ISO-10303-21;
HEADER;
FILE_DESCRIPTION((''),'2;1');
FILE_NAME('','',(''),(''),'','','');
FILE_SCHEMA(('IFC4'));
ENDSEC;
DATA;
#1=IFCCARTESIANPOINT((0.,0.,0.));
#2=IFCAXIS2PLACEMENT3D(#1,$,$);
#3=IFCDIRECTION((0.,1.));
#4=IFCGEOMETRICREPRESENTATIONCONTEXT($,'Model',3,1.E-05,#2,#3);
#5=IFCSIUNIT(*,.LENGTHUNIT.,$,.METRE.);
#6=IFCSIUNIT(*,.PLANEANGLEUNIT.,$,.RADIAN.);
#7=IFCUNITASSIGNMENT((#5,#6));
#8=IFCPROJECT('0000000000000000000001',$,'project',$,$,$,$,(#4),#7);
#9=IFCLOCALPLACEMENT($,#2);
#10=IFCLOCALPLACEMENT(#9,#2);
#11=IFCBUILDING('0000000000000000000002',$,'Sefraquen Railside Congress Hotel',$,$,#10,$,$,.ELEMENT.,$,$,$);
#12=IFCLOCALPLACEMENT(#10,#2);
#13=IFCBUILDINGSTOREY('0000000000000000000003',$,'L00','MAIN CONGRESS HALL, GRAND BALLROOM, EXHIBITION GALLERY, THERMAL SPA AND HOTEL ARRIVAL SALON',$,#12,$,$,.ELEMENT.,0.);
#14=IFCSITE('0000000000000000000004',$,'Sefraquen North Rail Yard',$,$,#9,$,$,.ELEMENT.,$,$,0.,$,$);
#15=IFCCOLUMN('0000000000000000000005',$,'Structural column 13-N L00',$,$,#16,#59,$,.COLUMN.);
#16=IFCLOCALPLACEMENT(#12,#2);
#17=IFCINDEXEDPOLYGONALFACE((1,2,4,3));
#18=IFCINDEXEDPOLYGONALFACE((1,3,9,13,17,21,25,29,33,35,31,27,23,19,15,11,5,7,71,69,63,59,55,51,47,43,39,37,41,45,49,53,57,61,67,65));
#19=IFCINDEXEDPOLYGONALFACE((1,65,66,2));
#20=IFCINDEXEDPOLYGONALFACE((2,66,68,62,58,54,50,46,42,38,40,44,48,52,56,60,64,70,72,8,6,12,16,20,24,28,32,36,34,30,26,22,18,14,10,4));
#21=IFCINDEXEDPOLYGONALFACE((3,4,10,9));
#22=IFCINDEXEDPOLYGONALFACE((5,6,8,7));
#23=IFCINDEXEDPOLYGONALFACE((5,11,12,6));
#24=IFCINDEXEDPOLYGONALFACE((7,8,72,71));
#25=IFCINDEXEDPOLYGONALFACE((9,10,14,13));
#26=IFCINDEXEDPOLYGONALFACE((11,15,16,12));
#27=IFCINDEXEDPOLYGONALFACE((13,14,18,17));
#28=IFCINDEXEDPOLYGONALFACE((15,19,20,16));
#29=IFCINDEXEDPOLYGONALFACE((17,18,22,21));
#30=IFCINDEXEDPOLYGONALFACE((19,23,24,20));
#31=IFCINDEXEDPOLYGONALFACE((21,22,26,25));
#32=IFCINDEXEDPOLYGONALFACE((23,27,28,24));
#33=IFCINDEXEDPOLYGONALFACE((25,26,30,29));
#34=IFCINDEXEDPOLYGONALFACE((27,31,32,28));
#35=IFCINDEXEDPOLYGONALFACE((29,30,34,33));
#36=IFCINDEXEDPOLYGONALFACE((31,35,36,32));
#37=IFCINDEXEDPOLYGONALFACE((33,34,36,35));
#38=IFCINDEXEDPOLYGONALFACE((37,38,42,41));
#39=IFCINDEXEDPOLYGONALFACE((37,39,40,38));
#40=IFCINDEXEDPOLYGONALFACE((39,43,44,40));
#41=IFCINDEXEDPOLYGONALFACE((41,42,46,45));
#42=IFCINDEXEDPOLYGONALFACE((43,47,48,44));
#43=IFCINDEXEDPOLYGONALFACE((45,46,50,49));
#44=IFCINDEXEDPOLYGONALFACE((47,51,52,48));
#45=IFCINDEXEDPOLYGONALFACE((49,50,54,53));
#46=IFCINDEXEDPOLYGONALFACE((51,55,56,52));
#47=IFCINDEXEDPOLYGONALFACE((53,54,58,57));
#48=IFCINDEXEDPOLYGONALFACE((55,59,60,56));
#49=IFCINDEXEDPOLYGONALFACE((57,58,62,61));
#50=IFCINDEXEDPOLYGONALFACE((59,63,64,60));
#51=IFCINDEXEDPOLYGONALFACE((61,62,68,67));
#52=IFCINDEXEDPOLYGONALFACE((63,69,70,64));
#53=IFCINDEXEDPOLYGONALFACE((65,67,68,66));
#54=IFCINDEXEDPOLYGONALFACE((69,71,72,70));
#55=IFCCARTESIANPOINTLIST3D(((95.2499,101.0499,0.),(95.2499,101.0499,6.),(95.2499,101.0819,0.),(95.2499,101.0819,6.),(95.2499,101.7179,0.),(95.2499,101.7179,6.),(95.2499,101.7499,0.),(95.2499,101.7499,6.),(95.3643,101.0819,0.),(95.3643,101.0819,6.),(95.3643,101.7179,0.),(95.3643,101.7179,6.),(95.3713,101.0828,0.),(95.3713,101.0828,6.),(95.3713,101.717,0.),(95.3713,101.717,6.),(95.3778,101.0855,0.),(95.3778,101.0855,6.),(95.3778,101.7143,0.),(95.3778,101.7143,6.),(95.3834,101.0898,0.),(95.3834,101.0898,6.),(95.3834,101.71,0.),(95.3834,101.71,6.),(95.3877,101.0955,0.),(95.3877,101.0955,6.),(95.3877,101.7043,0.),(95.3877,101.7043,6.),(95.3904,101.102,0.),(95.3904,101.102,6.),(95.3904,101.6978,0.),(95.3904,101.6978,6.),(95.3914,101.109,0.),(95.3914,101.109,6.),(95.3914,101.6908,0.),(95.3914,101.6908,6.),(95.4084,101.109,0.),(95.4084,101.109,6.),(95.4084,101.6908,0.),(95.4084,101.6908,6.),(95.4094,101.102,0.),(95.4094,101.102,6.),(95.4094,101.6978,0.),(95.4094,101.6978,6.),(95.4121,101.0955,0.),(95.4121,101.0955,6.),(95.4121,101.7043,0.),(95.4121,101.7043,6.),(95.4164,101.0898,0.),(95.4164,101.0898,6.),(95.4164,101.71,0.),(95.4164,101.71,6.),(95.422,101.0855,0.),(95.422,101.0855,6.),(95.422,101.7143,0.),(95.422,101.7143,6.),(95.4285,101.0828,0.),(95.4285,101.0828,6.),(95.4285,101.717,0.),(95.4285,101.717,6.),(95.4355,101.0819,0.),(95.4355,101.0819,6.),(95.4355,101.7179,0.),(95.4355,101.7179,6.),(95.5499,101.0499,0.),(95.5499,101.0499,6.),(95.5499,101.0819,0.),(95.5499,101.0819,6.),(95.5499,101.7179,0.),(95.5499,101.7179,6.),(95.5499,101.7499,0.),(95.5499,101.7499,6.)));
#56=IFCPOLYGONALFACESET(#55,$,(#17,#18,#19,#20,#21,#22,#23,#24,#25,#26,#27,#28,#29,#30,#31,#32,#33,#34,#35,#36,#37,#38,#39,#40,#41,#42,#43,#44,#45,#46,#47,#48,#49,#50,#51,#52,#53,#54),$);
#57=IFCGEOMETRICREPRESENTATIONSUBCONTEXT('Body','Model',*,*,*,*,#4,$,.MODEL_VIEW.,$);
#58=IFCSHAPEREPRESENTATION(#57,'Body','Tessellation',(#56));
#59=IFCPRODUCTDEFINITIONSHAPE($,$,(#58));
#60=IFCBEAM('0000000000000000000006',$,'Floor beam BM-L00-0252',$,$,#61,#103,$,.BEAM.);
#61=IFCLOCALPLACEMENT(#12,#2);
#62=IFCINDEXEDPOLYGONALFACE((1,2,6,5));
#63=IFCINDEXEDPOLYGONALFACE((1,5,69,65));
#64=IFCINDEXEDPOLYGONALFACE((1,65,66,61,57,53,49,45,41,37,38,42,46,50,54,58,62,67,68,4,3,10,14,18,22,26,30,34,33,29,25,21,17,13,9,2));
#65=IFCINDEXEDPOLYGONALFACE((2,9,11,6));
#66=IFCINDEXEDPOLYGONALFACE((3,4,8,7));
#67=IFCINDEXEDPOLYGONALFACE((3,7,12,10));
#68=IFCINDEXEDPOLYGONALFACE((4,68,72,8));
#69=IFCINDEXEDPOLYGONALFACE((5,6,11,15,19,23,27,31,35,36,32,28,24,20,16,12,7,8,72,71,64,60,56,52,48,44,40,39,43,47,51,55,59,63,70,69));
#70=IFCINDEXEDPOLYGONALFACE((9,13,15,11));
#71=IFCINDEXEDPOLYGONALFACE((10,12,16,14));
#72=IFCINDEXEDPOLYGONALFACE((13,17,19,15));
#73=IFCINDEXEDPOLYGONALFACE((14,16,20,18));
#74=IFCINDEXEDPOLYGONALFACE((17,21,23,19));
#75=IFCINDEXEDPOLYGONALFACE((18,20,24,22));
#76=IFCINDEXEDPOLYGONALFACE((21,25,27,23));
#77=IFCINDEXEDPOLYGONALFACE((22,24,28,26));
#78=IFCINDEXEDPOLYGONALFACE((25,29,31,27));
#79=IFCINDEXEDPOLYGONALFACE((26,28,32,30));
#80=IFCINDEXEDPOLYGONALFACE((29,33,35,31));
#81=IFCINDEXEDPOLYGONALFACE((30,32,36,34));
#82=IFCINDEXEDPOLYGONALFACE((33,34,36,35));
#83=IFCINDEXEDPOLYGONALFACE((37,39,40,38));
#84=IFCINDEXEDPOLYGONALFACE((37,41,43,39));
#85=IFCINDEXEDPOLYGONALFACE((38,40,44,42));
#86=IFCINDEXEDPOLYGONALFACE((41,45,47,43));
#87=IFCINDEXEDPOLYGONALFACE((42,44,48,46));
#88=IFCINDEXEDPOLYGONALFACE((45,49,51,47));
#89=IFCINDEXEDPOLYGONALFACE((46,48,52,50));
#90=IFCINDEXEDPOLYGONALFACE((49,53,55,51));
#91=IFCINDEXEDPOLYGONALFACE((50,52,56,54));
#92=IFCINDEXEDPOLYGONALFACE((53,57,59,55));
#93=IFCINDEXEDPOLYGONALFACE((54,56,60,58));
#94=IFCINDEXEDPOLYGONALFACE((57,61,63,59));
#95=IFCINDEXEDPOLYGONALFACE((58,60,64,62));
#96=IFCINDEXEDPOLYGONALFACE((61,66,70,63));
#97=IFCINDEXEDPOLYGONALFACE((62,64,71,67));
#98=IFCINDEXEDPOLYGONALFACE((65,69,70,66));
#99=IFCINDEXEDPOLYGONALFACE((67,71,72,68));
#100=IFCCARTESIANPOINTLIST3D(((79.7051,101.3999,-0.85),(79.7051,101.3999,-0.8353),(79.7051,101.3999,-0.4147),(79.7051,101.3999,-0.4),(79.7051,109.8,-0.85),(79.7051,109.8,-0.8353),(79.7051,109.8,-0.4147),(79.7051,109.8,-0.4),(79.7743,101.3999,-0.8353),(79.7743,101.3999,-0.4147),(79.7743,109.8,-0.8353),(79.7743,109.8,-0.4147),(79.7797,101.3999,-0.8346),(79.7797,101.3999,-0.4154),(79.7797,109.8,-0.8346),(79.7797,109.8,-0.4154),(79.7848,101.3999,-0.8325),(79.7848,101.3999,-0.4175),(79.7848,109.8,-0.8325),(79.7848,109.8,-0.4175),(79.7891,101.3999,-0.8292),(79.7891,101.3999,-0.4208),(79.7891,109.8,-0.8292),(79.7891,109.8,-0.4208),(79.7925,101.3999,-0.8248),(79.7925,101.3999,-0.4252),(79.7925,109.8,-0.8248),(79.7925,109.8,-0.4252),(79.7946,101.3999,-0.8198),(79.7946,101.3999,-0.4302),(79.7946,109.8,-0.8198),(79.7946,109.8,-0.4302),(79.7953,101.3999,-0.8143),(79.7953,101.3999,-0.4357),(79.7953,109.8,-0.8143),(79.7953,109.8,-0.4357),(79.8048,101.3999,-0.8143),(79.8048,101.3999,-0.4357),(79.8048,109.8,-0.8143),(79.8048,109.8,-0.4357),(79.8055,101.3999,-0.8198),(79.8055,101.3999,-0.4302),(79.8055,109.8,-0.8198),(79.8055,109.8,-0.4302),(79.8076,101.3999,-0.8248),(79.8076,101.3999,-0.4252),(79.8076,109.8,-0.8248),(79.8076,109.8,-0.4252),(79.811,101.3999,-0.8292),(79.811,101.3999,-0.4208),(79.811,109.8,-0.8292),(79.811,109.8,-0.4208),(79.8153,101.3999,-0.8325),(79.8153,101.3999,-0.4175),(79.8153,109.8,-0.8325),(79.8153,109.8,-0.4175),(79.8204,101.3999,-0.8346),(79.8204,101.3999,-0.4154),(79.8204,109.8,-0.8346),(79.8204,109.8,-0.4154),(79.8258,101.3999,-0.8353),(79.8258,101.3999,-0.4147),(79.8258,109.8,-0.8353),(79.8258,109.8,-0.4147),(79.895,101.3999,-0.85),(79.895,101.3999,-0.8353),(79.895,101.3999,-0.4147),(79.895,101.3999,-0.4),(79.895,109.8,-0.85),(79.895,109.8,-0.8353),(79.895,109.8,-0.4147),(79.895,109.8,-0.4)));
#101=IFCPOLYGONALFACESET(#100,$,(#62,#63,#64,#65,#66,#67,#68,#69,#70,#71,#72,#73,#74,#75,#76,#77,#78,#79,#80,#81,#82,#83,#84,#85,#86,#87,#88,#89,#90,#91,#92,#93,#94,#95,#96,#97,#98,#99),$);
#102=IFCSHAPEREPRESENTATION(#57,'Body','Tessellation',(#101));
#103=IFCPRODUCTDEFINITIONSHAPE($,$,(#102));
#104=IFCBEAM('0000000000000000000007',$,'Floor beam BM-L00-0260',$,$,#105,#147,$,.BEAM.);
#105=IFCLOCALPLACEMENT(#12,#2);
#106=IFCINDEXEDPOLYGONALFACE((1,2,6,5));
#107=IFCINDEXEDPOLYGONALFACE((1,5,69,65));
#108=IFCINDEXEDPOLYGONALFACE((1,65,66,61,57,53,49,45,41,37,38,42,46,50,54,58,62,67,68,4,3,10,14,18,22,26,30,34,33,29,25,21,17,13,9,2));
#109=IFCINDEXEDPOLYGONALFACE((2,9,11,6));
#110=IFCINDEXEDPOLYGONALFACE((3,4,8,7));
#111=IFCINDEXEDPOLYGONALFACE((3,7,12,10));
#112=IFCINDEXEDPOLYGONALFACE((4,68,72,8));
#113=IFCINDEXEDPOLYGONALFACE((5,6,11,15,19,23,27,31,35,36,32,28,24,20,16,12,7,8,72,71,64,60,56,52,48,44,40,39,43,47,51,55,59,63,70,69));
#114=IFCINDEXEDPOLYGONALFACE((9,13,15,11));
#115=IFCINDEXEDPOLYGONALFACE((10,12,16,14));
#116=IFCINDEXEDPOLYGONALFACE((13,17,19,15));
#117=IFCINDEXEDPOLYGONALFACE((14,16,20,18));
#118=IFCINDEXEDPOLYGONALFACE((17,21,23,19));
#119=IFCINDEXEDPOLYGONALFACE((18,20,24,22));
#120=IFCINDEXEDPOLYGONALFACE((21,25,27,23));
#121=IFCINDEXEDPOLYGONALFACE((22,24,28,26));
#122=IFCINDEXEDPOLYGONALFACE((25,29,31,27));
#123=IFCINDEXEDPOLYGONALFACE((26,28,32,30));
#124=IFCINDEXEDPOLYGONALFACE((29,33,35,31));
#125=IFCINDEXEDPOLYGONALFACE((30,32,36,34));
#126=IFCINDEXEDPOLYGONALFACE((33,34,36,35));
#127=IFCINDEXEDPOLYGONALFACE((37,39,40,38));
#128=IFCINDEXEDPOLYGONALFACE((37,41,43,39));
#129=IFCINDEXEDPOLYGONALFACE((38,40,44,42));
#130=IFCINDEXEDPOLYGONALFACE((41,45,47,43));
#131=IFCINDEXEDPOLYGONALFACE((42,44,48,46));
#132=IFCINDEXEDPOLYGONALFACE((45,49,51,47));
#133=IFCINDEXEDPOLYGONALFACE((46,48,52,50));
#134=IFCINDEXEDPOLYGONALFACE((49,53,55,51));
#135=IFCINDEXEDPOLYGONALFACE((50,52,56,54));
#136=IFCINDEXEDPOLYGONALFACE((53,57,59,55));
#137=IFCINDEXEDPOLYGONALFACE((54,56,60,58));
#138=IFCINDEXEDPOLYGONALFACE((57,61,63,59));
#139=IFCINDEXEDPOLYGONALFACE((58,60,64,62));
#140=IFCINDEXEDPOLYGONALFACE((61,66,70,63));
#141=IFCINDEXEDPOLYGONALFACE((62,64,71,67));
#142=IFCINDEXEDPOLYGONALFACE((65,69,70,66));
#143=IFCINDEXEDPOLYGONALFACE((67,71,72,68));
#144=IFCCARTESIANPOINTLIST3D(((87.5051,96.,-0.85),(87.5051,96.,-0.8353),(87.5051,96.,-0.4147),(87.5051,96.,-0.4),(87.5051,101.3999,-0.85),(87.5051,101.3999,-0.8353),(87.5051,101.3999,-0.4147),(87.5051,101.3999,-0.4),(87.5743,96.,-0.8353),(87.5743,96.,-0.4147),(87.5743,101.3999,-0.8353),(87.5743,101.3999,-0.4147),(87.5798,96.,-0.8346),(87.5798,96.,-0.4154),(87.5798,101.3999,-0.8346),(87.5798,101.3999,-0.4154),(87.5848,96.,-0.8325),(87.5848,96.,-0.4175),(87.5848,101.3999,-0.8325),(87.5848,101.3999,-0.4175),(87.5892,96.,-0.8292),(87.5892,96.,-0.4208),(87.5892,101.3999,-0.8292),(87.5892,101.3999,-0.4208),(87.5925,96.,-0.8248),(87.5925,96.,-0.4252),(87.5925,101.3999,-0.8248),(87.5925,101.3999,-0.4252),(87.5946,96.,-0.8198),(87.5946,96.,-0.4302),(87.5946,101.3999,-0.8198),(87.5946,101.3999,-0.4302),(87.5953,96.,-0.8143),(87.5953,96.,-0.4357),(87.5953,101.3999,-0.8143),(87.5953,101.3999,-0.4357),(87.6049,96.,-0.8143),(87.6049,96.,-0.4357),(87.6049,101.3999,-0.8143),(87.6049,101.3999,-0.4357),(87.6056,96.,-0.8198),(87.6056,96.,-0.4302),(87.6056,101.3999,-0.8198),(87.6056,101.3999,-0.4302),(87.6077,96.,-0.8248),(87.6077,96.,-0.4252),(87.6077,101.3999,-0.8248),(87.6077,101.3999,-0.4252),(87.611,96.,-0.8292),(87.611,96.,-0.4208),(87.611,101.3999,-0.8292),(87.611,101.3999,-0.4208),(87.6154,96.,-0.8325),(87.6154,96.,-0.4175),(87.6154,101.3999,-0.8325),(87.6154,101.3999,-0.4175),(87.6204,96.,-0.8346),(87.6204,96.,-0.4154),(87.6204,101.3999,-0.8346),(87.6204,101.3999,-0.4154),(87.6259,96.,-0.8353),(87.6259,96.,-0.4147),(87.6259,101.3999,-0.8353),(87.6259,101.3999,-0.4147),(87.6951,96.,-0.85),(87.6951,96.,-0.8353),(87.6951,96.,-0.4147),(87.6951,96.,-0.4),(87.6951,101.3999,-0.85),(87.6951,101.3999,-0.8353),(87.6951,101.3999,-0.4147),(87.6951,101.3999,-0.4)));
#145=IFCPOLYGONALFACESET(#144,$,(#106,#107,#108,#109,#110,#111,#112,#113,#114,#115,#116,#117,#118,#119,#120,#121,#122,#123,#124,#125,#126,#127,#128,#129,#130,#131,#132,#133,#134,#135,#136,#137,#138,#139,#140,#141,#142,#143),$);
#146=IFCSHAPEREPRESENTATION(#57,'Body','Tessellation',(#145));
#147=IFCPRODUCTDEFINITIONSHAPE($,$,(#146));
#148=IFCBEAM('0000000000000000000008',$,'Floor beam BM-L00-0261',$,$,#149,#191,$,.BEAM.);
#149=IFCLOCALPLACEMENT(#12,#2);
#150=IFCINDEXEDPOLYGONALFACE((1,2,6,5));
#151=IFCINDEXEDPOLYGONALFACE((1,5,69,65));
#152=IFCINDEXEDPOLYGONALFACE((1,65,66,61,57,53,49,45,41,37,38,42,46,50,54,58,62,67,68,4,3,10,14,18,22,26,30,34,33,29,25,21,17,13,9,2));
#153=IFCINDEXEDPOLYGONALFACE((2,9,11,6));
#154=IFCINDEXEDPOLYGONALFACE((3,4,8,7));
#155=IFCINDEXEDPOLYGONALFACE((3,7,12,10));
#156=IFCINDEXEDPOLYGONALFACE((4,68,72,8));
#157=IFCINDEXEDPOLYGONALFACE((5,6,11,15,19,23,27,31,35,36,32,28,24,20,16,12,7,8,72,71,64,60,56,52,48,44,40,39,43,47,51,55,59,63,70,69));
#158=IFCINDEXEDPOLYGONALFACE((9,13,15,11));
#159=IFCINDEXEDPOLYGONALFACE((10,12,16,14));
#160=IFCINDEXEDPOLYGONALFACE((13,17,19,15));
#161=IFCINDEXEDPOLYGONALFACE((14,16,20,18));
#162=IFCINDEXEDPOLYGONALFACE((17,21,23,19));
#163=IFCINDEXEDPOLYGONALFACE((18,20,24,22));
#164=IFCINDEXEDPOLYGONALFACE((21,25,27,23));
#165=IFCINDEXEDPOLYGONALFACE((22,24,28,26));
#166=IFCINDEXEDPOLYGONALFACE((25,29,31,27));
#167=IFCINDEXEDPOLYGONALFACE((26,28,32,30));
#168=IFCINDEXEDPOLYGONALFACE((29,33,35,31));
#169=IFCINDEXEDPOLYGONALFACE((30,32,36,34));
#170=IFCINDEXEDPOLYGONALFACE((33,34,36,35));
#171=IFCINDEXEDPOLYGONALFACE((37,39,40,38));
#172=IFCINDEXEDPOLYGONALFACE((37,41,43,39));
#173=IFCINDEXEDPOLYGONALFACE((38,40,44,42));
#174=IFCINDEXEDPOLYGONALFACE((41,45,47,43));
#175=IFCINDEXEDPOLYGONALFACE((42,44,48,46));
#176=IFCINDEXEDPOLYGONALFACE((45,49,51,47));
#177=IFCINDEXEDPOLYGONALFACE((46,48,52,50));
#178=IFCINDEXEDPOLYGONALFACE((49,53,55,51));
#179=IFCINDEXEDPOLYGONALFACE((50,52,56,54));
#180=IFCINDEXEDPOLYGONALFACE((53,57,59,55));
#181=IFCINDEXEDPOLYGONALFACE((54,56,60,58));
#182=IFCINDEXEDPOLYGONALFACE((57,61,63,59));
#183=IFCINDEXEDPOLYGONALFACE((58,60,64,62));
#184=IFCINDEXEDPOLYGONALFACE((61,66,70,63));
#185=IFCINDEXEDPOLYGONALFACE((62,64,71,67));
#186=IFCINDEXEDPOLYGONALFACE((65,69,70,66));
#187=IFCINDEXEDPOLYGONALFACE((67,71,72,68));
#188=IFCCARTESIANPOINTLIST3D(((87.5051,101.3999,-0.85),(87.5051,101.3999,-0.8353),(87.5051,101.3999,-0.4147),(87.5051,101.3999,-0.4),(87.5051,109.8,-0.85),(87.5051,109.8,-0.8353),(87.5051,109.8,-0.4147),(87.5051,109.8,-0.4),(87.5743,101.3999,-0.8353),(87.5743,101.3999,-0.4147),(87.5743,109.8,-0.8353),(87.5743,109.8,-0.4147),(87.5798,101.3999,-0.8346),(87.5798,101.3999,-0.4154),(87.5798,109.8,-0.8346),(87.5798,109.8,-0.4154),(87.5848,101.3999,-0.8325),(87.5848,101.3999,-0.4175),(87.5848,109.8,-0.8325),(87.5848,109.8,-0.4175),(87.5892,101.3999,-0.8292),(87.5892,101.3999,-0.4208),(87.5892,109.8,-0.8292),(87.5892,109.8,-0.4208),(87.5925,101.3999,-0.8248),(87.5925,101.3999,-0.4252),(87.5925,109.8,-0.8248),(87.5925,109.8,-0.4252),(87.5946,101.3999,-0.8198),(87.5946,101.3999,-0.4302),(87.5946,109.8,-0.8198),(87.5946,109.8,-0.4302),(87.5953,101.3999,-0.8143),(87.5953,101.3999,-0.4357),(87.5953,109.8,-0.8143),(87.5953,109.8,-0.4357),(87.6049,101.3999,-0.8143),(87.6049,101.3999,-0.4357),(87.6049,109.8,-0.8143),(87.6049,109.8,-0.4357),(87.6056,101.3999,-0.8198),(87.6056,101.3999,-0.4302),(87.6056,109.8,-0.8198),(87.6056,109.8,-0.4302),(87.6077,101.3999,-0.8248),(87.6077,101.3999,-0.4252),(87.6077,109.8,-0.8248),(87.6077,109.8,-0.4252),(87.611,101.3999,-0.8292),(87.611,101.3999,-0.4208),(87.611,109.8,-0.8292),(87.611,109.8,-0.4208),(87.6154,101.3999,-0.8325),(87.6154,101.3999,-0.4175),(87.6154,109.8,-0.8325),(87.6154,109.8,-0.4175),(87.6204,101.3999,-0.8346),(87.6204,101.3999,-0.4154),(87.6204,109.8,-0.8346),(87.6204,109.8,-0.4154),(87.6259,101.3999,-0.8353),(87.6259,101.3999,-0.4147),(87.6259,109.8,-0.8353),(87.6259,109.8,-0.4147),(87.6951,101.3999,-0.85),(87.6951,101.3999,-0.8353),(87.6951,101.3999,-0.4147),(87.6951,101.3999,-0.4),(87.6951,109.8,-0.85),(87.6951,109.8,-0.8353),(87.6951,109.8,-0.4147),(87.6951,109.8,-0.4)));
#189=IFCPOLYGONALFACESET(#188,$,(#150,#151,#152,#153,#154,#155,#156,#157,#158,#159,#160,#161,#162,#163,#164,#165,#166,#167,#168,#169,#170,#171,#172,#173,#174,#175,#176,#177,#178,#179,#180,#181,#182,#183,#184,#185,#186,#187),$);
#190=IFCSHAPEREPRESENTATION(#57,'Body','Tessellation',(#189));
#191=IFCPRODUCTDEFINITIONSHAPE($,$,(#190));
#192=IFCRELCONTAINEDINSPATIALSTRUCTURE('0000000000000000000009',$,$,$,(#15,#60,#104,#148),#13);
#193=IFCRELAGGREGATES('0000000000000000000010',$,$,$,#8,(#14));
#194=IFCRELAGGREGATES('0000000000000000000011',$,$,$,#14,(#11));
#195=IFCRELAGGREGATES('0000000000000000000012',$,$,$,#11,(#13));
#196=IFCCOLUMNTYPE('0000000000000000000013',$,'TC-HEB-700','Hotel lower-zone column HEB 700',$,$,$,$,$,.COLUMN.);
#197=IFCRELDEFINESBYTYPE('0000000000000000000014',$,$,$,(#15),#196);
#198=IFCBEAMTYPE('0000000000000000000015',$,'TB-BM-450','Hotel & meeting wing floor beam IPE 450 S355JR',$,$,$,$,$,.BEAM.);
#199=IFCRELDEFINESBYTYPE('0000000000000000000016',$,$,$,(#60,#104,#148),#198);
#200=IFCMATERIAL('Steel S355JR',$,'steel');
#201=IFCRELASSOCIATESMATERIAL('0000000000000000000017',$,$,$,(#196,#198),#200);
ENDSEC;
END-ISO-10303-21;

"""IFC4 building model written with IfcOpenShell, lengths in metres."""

from ifc_helpers import new_model, si_unit, direction, frame, origin, origin_2d, place, context, subcontext, project, spatial, i_section, extrude, material, material_profile, profile_set, type_object, element, save


model = new_model("IFC4")

# Units and contexts
model_context = context("Model", 3, precision=1e-05, world=origin(), true_north=direction((0.0, 1.0)))
body_context = subcontext(model_context, "Body", "Model", "MODEL_VIEW")
ifc_project = project(units=[si_unit("LENGTHUNIT", "METRE"), si_unit("PLANEANGLEUNIT", "RADIAN")], contexts=[model_context])

# Site, building, storey
site_placement = place(None, origin())
site = spatial("IfcSite", under=ifc_project, at=site_placement, Name="Sefraquen North Rail Yard", CompositionType="ELEMENT", RefElevation=0.0)
building_placement = place(site_placement, origin())
building = spatial("IfcBuilding", under=site, at=building_placement, Name="Sefraquen Railside Congress Hotel", CompositionType="ELEMENT")
storey_placement = place(building_placement, origin())
storey = spatial("IfcBuildingStorey", under=building, at=storey_placement, Name="L00", Description="MAIN CONGRESS HALL, GRAND BALLROOM, EXHIBITION GALLERY, THERMAL SPA AND HOTEL ARRIVAL SALON", CompositionType="ELEMENT", Elevation=0.0)

# Column
ifc_material_1 = material(Name="Steel S355JR", Category="steel")
ifc_material_profile_1 = material_profile(ifc_material_1, i_section(OverallWidth=0.3, OverallDepth=0.7, WebThickness=0.0171, FlangeThickness=0.032, FilletRadius=0.0271, at=origin_2d()), Name="HEB 700")
ifc_profile_set_1 = profile_set([ifc_material_profile_1], Name="Steel S355JR")
column_type_1 = type_object("IfcColumnType", Name="TC-HEB-700", Description="Hotel lower-zone column HEB 700", PredefinedType="COLUMN", material=ifc_profile_set_1)
for number, where, z_axis, x_axis, name in (
    (1, (95.3999, 101.3999, 0.0), (0.0, 0.0, 1.0), (1.0, 0.0, 0.0), "Structural column 13-N L00"),
):
    element("IfcColumn", number, at=place(storey_placement, frame(where, z_axis=z_axis, x_axis=x_axis)), inside=storey, type_object=column_type_1, Name=name, PredefinedType="COLUMN", context=body_context, shape_type="SweptSolid", body=[
        extrude(i_section(OverallWidth=0.3, OverallDepth=0.7, WebThickness=0.0171, FlangeThickness=0.032, FilletRadius=0.0271, at=origin_2d()), origin(), (0.0, 0.0, 1.0), 6.0),
    ])

# Beams
ifc_material_profile_2 = material_profile(ifc_material_1, i_section(OverallWidth=0.1899, OverallDepth=0.45, WebThickness=0.0095, FlangeThickness=0.0146, FilletRadius=0.021, at=origin_2d()), Name="IPE 450")
ifc_profile_set_2 = profile_set([ifc_material_profile_2], Name="Steel S355JR")
beam_type_1 = type_object("IfcBeamType", Name="TB-BM-450", Description="Hotel & meeting wing floor beam IPE 450 S355JR", PredefinedType="BEAM", material=ifc_profile_set_2)
beam_1_placement = place(storey_placement, frame((79.8, 101.3999, -0.625), z_axis=(0.0, 1.0, 0.0), x_axis=(-1.0, 0.0, 0.0)))
element("IfcBeam", 2, at=beam_1_placement, inside=storey, type_object=beam_type_1, Name="Floor beam BM-L00-0252", PredefinedType="BEAM", context=body_context, shape_type="SweptSolid", body=[
    extrude(i_section(OverallWidth=0.1899, OverallDepth=0.45, WebThickness=0.0095, FlangeThickness=0.0146, FilletRadius=0.021, at=origin_2d()), origin(), (0.0, 0.0, 1.0), 8.4001),
])
beam_2_placement = place(storey_placement, frame((87.6001, 96.0, -0.625), z_axis=(0.0, 1.0, 0.0), x_axis=(-1.0, 0.0, 0.0)))
element("IfcBeam", 3, at=beam_2_placement, inside=storey, type_object=beam_type_1, Name="Floor beam BM-L00-0260", PredefinedType="BEAM", context=body_context, shape_type="SweptSolid", body=[
    extrude(i_section(OverallWidth=0.1899, OverallDepth=0.45, WebThickness=0.0095, FlangeThickness=0.0146, FilletRadius=0.021, at=origin_2d()), origin(), (0.0, 0.0, 1.0), 5.3999),
])
beam_3_placement = place(storey_placement, frame((87.6001, 101.3999, -0.625), z_axis=(0.0, 1.0, 0.0), x_axis=(-1.0, 0.0, 0.0)))
element("IfcBeam", 4, at=beam_3_placement, inside=storey, type_object=beam_type_1, Name="Floor beam BM-L00-0261", PredefinedType="BEAM", context=body_context, shape_type="SweptSolid", body=[
    extrude(i_section(OverallWidth=0.1899, OverallDepth=0.45, WebThickness=0.0095, FlangeThickness=0.0146, FilletRadius=0.021, at=origin_2d()), origin(), (0.0, 0.0, 1.0), 8.4001),
])

save(model, "model.ifc")
